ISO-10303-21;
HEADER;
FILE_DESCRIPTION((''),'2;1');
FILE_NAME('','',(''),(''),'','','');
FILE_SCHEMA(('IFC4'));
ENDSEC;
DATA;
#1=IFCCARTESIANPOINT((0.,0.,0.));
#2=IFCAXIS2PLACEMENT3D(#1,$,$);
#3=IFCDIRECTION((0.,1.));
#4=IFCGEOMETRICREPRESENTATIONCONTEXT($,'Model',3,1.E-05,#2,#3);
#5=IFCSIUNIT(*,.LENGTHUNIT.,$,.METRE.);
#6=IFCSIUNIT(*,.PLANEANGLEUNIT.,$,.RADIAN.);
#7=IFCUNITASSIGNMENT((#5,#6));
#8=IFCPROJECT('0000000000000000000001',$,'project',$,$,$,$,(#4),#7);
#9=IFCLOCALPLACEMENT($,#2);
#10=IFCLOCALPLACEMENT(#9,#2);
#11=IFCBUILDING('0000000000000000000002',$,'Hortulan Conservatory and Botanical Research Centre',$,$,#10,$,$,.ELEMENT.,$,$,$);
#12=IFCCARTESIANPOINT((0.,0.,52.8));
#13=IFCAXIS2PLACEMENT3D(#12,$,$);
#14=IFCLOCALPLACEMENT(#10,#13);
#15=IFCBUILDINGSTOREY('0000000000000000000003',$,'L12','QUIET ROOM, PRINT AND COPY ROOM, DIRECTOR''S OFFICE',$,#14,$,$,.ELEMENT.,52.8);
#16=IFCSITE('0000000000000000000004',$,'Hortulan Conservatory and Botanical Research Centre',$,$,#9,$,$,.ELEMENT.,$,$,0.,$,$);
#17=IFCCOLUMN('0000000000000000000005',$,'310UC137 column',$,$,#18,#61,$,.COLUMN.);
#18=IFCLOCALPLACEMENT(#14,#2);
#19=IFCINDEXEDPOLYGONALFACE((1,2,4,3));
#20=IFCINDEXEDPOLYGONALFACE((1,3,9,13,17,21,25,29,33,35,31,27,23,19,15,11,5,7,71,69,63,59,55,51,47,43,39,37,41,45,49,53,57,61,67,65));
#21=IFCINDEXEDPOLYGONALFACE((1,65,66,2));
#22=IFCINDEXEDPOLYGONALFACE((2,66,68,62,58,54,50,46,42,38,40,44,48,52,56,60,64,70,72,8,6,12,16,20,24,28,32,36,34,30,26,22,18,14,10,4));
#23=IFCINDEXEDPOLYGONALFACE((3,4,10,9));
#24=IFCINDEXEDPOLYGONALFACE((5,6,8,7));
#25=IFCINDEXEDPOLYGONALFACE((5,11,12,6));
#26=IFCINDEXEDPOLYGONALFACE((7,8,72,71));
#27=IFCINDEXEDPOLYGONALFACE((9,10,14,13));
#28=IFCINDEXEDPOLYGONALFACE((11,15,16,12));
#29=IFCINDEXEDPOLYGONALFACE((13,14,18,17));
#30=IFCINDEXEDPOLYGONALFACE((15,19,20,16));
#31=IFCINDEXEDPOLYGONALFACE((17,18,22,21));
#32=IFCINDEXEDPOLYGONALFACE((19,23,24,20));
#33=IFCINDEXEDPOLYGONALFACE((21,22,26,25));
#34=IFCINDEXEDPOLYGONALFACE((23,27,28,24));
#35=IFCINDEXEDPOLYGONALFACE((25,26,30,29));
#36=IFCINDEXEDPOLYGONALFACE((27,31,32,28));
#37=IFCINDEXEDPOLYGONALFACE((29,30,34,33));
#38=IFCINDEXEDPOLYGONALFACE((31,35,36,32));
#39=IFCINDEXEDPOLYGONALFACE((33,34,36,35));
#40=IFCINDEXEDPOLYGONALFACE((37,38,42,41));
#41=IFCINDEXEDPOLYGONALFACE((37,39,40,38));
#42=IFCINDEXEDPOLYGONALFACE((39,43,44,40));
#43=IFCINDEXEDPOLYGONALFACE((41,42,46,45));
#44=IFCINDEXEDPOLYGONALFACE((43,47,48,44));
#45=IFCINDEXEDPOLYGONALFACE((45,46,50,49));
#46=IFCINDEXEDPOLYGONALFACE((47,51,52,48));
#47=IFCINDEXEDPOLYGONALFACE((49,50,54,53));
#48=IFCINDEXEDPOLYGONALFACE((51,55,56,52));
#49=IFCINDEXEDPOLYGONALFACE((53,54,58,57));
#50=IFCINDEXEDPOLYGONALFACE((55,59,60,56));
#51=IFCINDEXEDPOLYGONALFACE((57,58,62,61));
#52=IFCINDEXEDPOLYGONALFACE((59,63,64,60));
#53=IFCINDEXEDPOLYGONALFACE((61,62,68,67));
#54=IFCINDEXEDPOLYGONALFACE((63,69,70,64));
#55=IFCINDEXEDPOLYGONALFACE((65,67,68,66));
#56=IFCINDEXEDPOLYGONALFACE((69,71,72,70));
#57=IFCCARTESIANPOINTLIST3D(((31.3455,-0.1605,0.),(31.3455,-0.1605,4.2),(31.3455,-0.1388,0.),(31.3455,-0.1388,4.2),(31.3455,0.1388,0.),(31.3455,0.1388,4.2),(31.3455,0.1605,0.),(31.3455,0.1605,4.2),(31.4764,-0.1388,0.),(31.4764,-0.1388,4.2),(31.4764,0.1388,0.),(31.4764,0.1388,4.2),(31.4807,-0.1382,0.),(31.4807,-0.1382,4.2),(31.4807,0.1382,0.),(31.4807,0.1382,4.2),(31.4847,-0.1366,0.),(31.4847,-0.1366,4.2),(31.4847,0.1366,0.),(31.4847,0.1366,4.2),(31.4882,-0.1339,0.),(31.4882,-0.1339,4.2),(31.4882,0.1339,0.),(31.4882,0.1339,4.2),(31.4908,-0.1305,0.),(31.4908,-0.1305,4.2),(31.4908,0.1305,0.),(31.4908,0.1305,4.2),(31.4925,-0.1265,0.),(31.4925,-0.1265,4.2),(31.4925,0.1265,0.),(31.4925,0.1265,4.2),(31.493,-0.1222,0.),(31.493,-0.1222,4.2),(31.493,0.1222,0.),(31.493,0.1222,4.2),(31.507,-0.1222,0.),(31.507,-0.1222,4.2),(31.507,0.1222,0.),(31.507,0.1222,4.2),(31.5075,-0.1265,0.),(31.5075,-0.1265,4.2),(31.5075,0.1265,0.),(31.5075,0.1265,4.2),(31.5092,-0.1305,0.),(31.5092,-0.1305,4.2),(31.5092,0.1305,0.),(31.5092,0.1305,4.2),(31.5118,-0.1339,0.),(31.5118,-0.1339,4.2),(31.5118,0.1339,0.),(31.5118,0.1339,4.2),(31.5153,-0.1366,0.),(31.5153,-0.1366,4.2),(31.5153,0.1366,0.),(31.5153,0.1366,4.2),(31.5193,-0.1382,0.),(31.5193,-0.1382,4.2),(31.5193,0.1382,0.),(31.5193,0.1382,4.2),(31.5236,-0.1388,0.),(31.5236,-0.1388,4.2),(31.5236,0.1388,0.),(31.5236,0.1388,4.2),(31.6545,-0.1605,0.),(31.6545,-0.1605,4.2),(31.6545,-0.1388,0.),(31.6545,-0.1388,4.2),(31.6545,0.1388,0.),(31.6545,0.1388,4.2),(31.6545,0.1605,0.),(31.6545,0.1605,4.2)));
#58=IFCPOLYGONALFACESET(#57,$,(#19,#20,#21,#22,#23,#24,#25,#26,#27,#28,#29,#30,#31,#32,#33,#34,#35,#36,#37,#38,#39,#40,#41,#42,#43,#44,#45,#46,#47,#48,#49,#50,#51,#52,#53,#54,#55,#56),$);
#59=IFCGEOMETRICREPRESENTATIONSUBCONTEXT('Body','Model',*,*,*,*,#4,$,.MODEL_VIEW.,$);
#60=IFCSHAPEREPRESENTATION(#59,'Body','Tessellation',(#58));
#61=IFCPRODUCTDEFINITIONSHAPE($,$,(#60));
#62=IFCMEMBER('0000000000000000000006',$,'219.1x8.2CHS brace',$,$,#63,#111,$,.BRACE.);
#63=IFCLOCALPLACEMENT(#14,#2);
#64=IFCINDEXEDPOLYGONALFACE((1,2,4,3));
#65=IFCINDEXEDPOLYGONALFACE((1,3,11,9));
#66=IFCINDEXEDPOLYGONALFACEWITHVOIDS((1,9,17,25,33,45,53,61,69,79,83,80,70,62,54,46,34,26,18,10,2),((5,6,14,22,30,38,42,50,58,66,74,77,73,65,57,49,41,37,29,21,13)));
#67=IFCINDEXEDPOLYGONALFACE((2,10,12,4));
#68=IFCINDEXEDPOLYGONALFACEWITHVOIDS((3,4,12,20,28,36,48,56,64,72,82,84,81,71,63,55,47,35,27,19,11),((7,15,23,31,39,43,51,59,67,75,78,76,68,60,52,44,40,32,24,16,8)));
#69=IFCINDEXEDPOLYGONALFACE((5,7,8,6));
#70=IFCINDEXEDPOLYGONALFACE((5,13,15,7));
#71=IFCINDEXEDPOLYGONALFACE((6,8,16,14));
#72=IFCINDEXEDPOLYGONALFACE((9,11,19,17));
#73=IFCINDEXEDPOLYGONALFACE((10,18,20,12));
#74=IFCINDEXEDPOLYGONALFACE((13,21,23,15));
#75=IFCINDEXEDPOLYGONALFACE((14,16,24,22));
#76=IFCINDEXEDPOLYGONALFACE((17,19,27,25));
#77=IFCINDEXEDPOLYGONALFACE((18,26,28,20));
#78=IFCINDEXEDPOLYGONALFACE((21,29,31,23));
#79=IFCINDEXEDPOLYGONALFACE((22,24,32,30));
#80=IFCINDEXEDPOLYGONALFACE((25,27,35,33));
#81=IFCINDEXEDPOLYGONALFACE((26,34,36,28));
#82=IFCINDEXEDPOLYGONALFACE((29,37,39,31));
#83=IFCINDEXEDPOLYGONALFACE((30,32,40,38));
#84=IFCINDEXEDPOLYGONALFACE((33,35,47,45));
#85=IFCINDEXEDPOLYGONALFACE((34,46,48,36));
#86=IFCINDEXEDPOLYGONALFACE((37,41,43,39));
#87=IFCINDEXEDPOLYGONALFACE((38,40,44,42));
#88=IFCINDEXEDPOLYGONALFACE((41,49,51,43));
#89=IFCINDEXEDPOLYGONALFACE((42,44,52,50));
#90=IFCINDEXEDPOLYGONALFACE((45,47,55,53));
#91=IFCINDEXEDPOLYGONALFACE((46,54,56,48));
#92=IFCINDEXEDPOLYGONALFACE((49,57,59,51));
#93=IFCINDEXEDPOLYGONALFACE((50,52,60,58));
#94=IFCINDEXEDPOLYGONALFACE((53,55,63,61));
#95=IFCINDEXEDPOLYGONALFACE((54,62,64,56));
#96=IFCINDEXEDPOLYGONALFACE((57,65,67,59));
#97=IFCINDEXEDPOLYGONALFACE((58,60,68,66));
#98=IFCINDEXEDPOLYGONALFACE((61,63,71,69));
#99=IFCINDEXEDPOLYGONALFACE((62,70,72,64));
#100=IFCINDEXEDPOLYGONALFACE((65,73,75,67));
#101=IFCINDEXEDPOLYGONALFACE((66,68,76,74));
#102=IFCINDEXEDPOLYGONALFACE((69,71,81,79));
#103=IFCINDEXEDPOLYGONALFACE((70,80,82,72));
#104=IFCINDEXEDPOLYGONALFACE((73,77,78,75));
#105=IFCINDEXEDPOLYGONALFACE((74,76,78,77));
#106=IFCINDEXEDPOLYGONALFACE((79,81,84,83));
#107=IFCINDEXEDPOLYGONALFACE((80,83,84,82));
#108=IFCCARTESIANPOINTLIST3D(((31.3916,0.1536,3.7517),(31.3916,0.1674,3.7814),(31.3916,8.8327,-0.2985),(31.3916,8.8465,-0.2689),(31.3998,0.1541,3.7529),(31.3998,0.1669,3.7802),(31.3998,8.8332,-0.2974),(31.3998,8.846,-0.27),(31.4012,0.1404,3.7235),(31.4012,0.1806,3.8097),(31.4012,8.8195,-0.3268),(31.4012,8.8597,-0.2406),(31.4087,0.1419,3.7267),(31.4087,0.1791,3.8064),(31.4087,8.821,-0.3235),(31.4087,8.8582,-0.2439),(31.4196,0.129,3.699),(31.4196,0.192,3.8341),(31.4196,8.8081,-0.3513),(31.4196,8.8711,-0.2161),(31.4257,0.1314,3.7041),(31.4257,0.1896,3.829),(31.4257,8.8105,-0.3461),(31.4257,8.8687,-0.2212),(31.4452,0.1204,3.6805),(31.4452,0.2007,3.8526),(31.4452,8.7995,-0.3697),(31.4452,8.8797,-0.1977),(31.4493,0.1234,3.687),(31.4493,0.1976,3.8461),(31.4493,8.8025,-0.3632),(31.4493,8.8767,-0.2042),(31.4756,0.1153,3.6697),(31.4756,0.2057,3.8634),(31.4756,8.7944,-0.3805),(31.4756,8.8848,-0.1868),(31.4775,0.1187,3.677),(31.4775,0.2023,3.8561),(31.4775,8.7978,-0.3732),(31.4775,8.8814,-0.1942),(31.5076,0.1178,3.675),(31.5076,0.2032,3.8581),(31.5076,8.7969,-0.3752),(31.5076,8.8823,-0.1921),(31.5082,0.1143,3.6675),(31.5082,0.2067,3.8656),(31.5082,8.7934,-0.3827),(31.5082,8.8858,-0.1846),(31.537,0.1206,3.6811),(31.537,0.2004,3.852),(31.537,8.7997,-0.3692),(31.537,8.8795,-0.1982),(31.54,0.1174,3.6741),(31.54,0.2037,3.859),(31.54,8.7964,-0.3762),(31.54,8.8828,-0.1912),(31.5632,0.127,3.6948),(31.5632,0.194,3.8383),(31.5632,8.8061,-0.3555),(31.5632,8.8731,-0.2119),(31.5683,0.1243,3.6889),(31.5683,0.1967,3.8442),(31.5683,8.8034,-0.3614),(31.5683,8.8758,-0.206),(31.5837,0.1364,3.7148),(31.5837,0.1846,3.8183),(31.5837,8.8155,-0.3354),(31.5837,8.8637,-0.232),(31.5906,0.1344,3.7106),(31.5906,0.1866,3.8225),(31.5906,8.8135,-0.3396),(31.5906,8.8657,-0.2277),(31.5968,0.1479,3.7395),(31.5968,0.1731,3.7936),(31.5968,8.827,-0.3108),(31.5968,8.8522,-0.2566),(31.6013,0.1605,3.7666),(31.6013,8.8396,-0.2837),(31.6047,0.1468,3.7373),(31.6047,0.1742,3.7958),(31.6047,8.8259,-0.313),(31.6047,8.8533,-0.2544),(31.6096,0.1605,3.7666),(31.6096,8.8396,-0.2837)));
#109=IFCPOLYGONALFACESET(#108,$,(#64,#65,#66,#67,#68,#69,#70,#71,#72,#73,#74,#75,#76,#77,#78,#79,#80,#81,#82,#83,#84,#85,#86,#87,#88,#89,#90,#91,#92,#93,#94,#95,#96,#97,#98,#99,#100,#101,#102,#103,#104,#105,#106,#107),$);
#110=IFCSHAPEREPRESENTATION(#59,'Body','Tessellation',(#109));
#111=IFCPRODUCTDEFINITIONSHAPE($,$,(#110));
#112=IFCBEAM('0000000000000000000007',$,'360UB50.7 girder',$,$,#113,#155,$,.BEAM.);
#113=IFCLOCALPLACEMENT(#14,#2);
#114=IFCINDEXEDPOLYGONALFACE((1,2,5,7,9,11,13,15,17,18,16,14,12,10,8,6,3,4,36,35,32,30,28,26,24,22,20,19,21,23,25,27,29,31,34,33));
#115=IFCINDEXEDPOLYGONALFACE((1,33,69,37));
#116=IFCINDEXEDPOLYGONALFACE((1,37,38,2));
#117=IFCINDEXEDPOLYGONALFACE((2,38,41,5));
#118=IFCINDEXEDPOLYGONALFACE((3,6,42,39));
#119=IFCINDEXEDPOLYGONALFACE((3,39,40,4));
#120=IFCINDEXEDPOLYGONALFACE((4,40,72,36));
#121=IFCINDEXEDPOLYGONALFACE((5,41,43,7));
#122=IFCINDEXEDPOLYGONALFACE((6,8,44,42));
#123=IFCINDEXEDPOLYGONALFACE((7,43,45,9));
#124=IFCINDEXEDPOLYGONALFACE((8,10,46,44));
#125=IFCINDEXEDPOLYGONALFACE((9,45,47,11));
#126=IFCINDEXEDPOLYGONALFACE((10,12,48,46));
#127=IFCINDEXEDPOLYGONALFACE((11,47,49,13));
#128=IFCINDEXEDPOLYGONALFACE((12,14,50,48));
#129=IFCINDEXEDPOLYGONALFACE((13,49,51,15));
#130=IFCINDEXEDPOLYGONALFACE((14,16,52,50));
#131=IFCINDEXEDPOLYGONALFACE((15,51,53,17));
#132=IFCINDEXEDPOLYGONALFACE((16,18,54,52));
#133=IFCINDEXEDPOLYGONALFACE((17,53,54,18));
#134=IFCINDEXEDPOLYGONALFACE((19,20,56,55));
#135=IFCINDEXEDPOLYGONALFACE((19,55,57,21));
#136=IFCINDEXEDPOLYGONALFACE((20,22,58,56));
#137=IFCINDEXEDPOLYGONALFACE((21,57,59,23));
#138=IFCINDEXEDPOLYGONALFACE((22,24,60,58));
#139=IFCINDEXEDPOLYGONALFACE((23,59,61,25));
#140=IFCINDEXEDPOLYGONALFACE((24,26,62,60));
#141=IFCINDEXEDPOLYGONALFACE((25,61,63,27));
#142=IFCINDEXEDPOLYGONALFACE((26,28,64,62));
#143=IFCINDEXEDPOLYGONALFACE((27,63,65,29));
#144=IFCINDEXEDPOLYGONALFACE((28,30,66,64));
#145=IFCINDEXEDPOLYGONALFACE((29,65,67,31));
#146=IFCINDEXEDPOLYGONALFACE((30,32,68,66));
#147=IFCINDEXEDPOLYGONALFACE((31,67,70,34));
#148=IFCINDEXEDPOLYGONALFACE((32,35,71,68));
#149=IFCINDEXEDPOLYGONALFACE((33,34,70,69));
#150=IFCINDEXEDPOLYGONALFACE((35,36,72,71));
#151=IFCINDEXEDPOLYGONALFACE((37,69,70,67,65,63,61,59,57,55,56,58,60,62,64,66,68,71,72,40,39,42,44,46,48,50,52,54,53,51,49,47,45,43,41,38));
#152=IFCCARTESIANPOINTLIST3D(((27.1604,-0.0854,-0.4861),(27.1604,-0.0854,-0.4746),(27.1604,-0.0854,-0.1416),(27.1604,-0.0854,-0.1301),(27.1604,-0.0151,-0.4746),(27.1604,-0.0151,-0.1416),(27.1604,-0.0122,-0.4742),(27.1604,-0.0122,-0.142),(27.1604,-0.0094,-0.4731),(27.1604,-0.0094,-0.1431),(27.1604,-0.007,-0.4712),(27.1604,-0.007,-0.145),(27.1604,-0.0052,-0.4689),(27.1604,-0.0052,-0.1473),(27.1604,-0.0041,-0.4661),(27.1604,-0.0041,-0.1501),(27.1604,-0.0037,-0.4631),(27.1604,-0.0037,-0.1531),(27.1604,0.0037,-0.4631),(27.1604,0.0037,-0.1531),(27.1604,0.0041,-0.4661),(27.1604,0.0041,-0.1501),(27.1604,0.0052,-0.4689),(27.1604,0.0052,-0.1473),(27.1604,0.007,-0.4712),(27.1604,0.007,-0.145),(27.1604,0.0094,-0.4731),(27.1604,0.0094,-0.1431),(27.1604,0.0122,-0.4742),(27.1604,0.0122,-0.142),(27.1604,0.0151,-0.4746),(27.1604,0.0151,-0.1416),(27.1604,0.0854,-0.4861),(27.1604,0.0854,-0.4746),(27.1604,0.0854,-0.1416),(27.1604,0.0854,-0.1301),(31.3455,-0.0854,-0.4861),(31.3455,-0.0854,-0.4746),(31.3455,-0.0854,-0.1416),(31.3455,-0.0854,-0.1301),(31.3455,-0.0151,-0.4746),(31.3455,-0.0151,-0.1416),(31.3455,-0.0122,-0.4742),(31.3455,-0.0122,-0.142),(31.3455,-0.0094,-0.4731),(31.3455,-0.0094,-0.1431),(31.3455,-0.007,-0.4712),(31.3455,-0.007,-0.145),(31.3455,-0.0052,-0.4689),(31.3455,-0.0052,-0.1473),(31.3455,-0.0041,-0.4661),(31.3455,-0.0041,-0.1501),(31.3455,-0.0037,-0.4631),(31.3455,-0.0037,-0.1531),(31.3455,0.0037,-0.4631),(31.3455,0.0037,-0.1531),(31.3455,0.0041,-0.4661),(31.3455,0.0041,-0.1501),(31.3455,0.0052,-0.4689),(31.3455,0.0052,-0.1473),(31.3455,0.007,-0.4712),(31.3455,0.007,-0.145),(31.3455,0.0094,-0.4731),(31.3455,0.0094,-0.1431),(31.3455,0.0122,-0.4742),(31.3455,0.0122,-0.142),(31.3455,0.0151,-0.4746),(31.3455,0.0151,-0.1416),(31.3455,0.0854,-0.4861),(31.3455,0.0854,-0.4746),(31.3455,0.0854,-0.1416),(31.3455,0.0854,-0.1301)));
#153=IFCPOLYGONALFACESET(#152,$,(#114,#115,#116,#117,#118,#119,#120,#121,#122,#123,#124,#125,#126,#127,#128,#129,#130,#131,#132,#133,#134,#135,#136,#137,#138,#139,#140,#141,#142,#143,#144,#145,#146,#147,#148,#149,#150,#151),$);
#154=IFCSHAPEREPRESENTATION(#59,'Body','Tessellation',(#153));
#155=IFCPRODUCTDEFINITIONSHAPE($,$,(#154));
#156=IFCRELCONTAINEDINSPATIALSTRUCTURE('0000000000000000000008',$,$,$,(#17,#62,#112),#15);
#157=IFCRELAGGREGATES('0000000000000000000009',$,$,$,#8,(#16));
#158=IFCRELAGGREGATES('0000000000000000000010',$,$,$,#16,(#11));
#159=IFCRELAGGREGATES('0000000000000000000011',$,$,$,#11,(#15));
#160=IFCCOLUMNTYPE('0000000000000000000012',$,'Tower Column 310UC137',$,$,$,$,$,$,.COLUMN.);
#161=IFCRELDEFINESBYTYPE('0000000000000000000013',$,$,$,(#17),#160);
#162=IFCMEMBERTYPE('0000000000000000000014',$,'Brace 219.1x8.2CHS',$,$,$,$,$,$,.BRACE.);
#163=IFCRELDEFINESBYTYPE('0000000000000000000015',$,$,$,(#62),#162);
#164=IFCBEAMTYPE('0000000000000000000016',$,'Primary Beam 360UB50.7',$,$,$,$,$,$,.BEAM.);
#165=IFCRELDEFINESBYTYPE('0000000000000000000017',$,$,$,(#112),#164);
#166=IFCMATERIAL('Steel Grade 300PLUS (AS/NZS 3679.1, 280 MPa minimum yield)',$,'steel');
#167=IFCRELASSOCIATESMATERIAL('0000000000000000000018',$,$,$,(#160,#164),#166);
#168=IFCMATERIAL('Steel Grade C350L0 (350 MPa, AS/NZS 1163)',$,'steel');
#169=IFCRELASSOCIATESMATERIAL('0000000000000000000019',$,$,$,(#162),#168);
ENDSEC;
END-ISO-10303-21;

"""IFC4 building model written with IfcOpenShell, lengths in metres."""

from ifc_helpers import new_model, si_unit, direction, frame, origin, origin_2d, place, context, subcontext, project, spatial, hollow_circle, i_section, extrude, material, material_profile, profile_set, type_object, element, save


model = new_model("IFC4")

# Units and contexts
model_context = context("Model", 3, precision=1e-05, world=origin(), true_north=direction((0.0, 1.0)))
body_context = subcontext(model_context, "Body", "Model", "MODEL_VIEW")
ifc_project = project(units=[si_unit("LENGTHUNIT", "METRE"), si_unit("PLANEANGLEUNIT", "RADIAN")], contexts=[model_context])

# Site, building, storey
site_placement = place(None, origin())
site = spatial("IfcSite", under=ifc_project, at=site_placement, Name="Hortulan Conservatory and Botanical Research Centre", CompositionType="ELEMENT", RefElevation=0.0)
building_placement = place(site_placement, origin())
building = spatial("IfcBuilding", under=site, at=building_placement, Name="Hortulan Conservatory and Botanical Research Centre", CompositionType="ELEMENT")
storey_placement = place(building_placement, frame((0.0, 0.0, 52.8)))
storey = spatial("IfcBuildingStorey", under=building, at=storey_placement, Name="L12", Description="QUIET ROOM, PRINT AND COPY ROOM, DIRECTOR'S OFFICE", CompositionType="ELEMENT", Elevation=52.8)

# Column
ifc_material_1 = material(Name="Steel Grade 300PLUS (AS/NZS 3679.1, 280 MPa minimum yield)", Category="steel")
ifc_material_profile_1 = material_profile(ifc_material_1, i_section(OverallWidth=0.3091, OverallDepth=0.321, WebThickness=0.0139, FlangeThickness=0.0217, FilletRadius=0.0166, at=origin_2d()), Name="310UC137")
ifc_profile_set_1 = profile_set([ifc_material_profile_1], Name="Steel Grade 300PLUS (AS/NZS 3679.1, 280 MPa minimum yield)")
column_type = type_object("IfcColumnType", Name="Tower Column 310UC137", PredefinedType="COLUMN", material=ifc_profile_set_1)
column_placement = place(storey_placement, frame((31.5, 0.0, 0.0), z_axis=(0.0, 0.0, 1.0), x_axis=(1.0, 0.0, 0.0)))
element("IfcColumn", 1, at=column_placement, inside=storey, type_object=column_type, Name="310UC137 column", PredefinedType="COLUMN", context=body_context, shape_type="SweptSolid", body=[
    extrude(i_section(OverallWidth=0.3091, OverallDepth=0.321, WebThickness=0.0139, FlangeThickness=0.0217, FilletRadius=0.0166, at=origin_2d()), origin(), (0.0, 0.0, 1.0), 4.2),
])

# Member
ifc_material_2 = material(Name="Steel Grade C350L0 (350 MPa, AS/NZS 1163)", Category="steel")
ifc_material_profile_2 = material_profile(ifc_material_2, hollow_circle(Radius=0.1096, WallThickness=0.0083, at=origin_2d()), Name="219.1x8.2CHS")
ifc_profile_set_2 = profile_set([ifc_material_profile_2], Name="Steel Grade C350L0 (350 MPa, AS/NZS 1163)")
member_type = type_object("IfcMemberType", Name="Brace 219.1x8.2CHS", PredefinedType="BRACE", material=ifc_profile_set_2)
member_placement = place(storey_placement, frame((31.5, 8.8396, -0.2837), z_axis=(0.0, -0.906183, 0.422885), x_axis=(1.0, 0.0, 0.0)))
element("IfcMember", 2, at=member_placement, inside=storey, type_object=member_type, Name="219.1x8.2CHS brace", PredefinedType="BRACE", context=body_context, shape_type="SweptSolid", body=[
    extrude(hollow_circle(Radius=0.1096, WallThickness=0.0083, at=origin_2d()), origin(), (0.0, 0.0, 1.0), 9.5776),
])

# Beam
ifc_material_profile_3 = material_profile(ifc_material_1, i_section(OverallWidth=0.1709, OverallDepth=0.356, WebThickness=0.0073, FlangeThickness=0.0115, FilletRadius=0.0115, at=origin_2d()), Name="360UB50.7")
ifc_profile_set_3 = profile_set([ifc_material_profile_3], Name="Steel Grade 300PLUS (AS/NZS 3679.1, 280 MPa minimum yield)")
beam_type_1 = type_object("IfcBeamType", Name="Primary Beam 360UB50.7", PredefinedType="BEAM", material=ifc_profile_set_3)
beam_1_placement = place(storey_placement, frame((27.1604, 0.0, -0.3081), z_axis=(1.0, 0.0, 0.0), x_axis=(0.0, 1.0, 0.0)))
element("IfcBeam", 3, at=beam_1_placement, inside=storey, type_object=beam_type_1, Name="360UB50.7 girder", PredefinedType="BEAM", context=body_context, shape_type="SweptSolid", body=[
    extrude(i_section(OverallWidth=0.1709, OverallDepth=0.356, WebThickness=0.0073, FlangeThickness=0.0115, FilletRadius=0.0115, at=origin_2d()), origin(), (0.0, 0.0, 1.0), 4.1851),
])

save(model, "model.ifc")
